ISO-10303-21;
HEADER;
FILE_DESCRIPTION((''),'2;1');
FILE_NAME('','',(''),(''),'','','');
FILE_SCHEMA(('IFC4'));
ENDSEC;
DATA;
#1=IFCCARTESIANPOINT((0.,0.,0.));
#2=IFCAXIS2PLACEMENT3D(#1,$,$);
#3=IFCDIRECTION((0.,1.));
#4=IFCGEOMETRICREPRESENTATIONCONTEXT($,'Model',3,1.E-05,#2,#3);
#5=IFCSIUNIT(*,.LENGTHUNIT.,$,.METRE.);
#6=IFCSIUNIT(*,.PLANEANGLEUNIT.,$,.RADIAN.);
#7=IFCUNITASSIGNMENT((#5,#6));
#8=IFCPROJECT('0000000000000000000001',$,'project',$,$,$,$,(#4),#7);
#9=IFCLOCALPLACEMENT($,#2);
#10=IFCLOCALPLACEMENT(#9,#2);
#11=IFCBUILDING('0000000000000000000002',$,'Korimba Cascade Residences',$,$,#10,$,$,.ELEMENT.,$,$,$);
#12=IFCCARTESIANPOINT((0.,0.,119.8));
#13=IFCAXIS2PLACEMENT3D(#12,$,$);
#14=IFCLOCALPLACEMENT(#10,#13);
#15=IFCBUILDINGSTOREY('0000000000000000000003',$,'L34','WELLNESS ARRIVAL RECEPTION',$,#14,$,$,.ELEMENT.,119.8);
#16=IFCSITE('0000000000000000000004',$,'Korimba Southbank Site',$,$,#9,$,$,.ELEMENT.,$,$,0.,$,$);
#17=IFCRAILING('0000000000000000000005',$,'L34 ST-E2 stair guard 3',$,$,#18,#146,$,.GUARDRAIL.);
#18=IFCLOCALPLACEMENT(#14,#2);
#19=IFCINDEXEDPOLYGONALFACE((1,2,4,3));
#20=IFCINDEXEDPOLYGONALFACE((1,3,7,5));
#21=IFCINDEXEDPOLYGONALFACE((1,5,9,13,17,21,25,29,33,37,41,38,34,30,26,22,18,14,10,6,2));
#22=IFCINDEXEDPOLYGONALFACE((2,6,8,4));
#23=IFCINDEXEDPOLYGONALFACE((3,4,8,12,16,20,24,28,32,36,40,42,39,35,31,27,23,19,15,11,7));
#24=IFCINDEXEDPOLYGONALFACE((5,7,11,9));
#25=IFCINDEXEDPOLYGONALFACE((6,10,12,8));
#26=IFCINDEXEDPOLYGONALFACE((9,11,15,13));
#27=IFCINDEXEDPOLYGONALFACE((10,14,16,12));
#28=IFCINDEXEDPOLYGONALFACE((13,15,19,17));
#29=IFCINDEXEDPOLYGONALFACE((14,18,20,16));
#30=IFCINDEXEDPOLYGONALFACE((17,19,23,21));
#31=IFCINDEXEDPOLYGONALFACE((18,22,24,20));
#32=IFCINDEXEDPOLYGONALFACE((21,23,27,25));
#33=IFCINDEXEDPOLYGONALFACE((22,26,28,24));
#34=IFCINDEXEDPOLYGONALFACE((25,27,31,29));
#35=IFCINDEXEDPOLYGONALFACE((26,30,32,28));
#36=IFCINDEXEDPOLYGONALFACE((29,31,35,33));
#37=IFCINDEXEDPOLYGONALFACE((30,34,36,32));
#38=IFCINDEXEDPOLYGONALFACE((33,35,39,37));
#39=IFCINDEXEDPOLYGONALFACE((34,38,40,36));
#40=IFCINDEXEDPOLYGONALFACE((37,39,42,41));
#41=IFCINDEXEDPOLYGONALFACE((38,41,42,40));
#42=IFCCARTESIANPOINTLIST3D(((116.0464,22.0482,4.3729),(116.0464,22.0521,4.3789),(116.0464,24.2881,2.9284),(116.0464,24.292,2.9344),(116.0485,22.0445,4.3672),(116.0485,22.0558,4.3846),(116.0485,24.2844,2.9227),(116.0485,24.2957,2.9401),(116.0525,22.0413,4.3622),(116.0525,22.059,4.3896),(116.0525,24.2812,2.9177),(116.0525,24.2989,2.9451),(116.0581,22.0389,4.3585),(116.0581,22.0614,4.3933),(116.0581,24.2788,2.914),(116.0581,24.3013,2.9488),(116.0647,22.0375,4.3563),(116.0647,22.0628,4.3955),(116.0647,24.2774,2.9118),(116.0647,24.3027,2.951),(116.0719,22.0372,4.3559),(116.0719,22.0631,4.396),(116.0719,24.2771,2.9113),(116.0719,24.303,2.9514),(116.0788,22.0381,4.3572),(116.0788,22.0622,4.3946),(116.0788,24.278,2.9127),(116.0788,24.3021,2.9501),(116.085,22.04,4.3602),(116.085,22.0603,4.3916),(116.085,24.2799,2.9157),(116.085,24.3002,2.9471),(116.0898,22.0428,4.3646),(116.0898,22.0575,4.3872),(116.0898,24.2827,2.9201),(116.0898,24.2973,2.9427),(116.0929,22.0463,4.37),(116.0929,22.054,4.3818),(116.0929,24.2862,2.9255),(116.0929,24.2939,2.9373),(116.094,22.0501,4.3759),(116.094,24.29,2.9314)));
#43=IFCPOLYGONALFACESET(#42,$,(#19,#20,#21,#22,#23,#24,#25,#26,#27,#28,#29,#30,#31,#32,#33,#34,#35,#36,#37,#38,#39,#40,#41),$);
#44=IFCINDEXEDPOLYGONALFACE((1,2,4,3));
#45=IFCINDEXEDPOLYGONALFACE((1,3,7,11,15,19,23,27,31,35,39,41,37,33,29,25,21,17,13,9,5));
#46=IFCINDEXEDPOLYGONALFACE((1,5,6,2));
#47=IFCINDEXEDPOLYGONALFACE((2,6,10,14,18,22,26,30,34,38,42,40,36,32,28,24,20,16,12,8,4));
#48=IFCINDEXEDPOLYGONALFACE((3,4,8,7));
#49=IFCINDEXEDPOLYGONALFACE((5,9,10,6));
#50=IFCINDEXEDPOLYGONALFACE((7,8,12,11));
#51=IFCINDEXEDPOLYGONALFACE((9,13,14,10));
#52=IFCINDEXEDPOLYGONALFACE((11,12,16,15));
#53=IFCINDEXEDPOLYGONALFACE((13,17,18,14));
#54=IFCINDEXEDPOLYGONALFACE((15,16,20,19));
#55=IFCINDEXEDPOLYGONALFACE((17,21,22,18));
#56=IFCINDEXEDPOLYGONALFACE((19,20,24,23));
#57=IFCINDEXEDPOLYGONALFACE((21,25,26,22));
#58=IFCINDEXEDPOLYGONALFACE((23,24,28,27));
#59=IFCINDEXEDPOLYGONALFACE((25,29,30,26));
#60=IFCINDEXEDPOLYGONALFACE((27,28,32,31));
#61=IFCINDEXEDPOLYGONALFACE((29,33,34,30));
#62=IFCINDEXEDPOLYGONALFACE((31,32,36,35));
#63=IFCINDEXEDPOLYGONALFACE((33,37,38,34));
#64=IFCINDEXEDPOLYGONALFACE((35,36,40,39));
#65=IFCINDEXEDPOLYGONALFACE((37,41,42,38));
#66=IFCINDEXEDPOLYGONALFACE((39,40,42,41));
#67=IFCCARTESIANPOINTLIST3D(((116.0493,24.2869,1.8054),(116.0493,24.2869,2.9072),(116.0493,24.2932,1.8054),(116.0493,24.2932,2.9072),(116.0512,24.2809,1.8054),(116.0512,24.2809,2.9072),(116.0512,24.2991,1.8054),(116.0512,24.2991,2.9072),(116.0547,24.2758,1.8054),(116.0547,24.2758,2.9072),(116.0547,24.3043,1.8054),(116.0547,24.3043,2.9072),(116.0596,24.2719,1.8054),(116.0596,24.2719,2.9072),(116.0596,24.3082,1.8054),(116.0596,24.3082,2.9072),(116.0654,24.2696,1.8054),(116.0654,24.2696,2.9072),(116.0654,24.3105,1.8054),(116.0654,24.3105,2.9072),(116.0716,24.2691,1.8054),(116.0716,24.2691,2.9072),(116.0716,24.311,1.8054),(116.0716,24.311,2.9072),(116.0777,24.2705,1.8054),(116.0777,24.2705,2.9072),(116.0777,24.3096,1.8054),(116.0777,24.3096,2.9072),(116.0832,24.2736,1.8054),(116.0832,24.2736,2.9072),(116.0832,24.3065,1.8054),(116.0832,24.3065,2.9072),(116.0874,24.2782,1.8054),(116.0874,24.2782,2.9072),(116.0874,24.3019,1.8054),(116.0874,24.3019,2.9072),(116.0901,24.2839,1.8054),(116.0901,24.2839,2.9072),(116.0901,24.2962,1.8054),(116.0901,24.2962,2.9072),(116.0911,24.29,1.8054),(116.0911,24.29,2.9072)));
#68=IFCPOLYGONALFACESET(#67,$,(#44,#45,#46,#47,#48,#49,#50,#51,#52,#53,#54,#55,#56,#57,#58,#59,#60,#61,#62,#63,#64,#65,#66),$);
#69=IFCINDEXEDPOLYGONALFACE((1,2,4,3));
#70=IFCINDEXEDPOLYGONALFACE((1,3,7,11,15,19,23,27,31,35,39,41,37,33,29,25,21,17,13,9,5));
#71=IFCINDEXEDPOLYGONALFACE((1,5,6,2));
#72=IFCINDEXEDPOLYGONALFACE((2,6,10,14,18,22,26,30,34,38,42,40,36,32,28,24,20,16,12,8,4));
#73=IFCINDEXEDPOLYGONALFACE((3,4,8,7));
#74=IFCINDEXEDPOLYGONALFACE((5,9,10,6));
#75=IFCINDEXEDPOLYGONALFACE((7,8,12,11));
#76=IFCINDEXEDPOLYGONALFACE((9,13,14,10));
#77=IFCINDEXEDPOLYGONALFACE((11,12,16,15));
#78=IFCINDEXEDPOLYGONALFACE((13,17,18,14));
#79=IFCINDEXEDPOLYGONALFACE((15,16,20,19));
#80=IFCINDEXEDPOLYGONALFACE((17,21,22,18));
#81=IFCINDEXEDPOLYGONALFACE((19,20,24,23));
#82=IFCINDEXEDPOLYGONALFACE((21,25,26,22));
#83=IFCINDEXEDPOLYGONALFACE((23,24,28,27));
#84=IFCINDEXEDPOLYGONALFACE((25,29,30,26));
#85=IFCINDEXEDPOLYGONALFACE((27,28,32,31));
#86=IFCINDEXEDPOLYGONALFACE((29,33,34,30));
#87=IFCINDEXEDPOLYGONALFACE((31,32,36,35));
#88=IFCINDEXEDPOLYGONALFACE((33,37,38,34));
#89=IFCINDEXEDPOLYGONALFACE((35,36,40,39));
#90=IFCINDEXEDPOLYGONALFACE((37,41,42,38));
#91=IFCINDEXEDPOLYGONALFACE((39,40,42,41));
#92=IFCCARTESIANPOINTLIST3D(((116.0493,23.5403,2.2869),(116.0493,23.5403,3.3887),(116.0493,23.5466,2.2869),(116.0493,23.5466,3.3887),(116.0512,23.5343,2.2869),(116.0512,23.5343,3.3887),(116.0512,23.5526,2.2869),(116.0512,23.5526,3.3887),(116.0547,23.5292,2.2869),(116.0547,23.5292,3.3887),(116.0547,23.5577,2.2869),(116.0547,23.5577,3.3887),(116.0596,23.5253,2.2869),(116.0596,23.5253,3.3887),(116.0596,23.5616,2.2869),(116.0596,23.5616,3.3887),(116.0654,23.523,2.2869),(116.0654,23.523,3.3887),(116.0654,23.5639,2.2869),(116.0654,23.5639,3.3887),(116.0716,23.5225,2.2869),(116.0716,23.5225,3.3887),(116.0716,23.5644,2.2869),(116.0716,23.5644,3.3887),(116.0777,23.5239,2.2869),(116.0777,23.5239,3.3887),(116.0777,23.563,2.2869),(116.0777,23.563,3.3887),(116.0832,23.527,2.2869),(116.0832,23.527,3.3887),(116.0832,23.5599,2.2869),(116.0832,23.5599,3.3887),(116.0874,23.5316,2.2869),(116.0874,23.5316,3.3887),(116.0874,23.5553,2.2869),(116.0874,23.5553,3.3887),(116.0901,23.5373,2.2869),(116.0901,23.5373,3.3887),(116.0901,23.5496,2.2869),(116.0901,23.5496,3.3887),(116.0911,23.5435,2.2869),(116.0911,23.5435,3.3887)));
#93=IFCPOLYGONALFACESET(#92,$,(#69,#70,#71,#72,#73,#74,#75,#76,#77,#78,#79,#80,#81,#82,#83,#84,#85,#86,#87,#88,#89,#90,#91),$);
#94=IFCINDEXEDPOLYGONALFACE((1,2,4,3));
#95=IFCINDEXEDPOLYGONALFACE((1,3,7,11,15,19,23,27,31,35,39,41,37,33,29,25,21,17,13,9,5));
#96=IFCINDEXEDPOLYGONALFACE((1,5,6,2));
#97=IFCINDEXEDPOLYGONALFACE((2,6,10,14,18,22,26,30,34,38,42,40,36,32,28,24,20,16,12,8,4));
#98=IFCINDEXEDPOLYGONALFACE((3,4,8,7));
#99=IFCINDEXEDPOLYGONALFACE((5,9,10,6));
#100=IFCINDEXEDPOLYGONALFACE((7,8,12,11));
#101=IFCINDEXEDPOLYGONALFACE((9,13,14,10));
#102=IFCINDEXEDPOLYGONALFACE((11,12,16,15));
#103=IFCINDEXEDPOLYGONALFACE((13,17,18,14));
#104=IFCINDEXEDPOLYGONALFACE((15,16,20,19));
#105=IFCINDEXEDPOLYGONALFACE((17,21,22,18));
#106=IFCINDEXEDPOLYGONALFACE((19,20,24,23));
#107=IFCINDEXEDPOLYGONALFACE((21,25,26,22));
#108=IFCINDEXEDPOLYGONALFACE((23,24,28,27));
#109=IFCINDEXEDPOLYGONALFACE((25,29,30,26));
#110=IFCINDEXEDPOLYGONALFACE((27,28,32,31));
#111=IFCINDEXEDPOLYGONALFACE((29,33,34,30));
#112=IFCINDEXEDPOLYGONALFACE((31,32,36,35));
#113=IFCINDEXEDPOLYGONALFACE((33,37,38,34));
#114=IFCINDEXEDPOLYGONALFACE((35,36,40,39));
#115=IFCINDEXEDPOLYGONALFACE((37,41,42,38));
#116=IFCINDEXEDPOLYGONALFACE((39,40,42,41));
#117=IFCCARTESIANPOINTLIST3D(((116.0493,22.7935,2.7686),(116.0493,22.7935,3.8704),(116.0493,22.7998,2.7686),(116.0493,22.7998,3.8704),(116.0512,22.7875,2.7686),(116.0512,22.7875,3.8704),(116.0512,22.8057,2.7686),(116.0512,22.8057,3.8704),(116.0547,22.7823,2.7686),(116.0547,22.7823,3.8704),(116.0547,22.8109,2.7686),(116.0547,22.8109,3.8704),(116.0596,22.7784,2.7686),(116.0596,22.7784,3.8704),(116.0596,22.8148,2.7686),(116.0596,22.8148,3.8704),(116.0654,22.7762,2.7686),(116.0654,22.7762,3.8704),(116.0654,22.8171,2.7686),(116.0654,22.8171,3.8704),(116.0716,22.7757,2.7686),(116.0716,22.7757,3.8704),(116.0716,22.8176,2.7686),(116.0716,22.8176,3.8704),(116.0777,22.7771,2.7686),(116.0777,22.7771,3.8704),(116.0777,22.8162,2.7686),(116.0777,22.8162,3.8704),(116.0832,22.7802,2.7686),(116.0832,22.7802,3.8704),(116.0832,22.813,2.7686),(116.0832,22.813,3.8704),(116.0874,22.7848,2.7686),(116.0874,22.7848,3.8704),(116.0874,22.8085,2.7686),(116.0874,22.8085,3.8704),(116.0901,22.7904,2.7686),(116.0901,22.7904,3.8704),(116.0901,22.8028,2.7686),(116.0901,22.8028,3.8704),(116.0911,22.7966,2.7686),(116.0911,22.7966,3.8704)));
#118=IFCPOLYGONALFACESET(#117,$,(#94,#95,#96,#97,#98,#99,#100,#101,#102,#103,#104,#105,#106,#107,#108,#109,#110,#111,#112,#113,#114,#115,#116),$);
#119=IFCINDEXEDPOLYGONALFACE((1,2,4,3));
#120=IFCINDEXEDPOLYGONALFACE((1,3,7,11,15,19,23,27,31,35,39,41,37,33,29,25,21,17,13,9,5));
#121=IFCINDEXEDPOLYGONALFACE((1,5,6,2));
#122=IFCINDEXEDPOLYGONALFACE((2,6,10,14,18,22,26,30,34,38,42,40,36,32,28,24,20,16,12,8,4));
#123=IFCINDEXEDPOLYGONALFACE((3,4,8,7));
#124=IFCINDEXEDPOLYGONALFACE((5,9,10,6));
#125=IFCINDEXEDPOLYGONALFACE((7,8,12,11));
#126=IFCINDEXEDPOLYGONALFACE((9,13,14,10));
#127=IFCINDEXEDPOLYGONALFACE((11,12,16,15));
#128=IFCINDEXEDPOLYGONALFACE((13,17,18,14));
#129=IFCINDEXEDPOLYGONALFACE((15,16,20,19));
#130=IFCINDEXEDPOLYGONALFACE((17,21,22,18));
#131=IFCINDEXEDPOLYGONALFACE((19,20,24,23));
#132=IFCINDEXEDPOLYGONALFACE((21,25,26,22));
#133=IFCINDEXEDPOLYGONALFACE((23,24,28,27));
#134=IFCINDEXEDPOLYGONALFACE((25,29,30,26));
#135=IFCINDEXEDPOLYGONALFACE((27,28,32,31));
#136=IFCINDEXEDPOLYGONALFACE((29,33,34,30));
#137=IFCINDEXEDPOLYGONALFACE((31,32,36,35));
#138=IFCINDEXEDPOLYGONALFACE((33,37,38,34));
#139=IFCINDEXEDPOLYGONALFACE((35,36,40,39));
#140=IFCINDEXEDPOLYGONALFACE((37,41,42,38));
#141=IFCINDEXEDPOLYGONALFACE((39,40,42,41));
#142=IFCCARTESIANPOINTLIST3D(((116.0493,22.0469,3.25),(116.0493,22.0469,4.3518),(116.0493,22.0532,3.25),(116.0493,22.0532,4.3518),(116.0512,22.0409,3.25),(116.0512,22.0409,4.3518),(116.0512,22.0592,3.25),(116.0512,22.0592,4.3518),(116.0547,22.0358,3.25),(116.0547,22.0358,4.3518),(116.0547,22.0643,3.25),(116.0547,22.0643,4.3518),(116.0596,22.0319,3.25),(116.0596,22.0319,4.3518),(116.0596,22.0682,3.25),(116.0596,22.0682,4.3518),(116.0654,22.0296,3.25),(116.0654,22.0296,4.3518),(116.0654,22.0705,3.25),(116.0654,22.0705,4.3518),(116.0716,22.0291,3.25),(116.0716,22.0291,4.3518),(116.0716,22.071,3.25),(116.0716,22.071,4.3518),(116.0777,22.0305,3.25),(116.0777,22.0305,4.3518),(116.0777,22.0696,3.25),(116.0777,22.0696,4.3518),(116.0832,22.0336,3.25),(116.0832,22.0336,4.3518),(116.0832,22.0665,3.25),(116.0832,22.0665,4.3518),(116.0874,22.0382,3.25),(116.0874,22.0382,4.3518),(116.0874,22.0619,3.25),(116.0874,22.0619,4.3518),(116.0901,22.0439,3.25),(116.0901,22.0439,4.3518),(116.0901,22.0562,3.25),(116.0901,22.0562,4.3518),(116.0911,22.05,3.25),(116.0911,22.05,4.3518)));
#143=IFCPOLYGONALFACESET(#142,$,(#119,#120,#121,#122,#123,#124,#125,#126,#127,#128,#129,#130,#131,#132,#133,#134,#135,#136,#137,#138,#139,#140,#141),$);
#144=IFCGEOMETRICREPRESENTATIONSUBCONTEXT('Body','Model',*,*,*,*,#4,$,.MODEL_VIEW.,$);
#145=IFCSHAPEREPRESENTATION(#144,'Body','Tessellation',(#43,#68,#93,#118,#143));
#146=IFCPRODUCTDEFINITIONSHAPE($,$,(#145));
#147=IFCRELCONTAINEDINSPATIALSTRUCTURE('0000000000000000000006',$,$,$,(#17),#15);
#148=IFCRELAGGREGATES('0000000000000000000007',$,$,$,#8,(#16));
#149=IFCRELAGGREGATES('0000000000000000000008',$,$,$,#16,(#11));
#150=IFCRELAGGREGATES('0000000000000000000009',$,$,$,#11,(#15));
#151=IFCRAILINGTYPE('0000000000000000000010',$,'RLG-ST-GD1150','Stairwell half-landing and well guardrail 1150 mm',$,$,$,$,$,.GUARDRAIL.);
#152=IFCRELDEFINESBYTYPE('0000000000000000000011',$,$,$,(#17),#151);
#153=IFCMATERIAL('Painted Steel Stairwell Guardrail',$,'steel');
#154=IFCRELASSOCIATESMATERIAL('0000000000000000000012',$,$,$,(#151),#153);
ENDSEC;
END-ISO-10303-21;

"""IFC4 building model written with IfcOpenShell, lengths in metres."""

from ifc_helpers import new_model, si_unit, direction, frame, origin, origin_2d, place, context, subcontext, project, spatial, circle, extrude, material, type_object, element, save


model = new_model("IFC4")

# Units and contexts
model_context = context("Model", 3, precision=1e-05, world=origin(), true_north=direction((0.0, 1.0)))
body_context = subcontext(model_context, "Body", "Model", "MODEL_VIEW")
ifc_project = project(units=[si_unit("LENGTHUNIT", "METRE"), si_unit("PLANEANGLEUNIT", "RADIAN")], contexts=[model_context])

# Site, building, storey
site_placement = place(None, origin())
site = spatial("IfcSite", under=ifc_project, at=site_placement, Name="Korimba Southbank Site", CompositionType="ELEMENT", RefElevation=0.0)
building_placement = place(site_placement, origin())
building = spatial("IfcBuilding", under=site, at=building_placement, Name="Korimba Cascade Residences", CompositionType="ELEMENT")
storey_placement = place(building_placement, frame((0.0, 0.0, 119.8)))
storey = spatial("IfcBuildingStorey", under=building, at=storey_placement, Name="L34", Description="WELLNESS ARRIVAL RECEPTION", CompositionType="ELEMENT", Elevation=119.8)

# Railing
ifc_material_1 = material(Name="Painted Steel Stairwell Guardrail", Category="steel")
railing_type_1 = type_object("IfcRailingType", Name="RLG-ST-GD1150", Description="Stairwell half-landing and well guardrail 1150 mm", PredefinedType="GUARDRAIL", material=ifc_material_1)
railing_1_placement = place(storey_placement, frame((116.0701, 24.29, 1.8054)))
element("IfcRailing", 1, at=railing_1_placement, inside=storey, type_object=railing_type_1, Name="L34 ST-E2 stair guard 3", PredefinedType="GUARDRAIL", context=body_context, shape_type="SweptSolid", body=[
    extrude(circle(Radius=0.0239, at=origin_2d()), frame((0.0, 0.0, 1.126), z_axis=(0.0, -0.840395, 0.541975), x_axis=(1.0, 0.0, 0.0)), (0.0, 0.0, 1.0), 2.6653),
    extrude(circle(Radius=0.021, at=origin_2d()), origin(), (0.0, 0.0, 1.0), 1.1018),
    extrude(circle(Radius=0.021, at=origin_2d()), frame((0.0, -0.7466, 0.4814)), (0.0, 0.0, 1.0), 1.1018),
    extrude(circle(Radius=0.021, at=origin_2d()), frame((0.0, -1.4934, 0.9631)), (0.0, 0.0, 1.0), 1.1018),
    extrude(circle(Radius=0.021, at=origin_2d()), frame((0.0, -2.24, 1.4446)), (0.0, 0.0, 1.0), 1.1018),
])

save(model, "model.ifc")
